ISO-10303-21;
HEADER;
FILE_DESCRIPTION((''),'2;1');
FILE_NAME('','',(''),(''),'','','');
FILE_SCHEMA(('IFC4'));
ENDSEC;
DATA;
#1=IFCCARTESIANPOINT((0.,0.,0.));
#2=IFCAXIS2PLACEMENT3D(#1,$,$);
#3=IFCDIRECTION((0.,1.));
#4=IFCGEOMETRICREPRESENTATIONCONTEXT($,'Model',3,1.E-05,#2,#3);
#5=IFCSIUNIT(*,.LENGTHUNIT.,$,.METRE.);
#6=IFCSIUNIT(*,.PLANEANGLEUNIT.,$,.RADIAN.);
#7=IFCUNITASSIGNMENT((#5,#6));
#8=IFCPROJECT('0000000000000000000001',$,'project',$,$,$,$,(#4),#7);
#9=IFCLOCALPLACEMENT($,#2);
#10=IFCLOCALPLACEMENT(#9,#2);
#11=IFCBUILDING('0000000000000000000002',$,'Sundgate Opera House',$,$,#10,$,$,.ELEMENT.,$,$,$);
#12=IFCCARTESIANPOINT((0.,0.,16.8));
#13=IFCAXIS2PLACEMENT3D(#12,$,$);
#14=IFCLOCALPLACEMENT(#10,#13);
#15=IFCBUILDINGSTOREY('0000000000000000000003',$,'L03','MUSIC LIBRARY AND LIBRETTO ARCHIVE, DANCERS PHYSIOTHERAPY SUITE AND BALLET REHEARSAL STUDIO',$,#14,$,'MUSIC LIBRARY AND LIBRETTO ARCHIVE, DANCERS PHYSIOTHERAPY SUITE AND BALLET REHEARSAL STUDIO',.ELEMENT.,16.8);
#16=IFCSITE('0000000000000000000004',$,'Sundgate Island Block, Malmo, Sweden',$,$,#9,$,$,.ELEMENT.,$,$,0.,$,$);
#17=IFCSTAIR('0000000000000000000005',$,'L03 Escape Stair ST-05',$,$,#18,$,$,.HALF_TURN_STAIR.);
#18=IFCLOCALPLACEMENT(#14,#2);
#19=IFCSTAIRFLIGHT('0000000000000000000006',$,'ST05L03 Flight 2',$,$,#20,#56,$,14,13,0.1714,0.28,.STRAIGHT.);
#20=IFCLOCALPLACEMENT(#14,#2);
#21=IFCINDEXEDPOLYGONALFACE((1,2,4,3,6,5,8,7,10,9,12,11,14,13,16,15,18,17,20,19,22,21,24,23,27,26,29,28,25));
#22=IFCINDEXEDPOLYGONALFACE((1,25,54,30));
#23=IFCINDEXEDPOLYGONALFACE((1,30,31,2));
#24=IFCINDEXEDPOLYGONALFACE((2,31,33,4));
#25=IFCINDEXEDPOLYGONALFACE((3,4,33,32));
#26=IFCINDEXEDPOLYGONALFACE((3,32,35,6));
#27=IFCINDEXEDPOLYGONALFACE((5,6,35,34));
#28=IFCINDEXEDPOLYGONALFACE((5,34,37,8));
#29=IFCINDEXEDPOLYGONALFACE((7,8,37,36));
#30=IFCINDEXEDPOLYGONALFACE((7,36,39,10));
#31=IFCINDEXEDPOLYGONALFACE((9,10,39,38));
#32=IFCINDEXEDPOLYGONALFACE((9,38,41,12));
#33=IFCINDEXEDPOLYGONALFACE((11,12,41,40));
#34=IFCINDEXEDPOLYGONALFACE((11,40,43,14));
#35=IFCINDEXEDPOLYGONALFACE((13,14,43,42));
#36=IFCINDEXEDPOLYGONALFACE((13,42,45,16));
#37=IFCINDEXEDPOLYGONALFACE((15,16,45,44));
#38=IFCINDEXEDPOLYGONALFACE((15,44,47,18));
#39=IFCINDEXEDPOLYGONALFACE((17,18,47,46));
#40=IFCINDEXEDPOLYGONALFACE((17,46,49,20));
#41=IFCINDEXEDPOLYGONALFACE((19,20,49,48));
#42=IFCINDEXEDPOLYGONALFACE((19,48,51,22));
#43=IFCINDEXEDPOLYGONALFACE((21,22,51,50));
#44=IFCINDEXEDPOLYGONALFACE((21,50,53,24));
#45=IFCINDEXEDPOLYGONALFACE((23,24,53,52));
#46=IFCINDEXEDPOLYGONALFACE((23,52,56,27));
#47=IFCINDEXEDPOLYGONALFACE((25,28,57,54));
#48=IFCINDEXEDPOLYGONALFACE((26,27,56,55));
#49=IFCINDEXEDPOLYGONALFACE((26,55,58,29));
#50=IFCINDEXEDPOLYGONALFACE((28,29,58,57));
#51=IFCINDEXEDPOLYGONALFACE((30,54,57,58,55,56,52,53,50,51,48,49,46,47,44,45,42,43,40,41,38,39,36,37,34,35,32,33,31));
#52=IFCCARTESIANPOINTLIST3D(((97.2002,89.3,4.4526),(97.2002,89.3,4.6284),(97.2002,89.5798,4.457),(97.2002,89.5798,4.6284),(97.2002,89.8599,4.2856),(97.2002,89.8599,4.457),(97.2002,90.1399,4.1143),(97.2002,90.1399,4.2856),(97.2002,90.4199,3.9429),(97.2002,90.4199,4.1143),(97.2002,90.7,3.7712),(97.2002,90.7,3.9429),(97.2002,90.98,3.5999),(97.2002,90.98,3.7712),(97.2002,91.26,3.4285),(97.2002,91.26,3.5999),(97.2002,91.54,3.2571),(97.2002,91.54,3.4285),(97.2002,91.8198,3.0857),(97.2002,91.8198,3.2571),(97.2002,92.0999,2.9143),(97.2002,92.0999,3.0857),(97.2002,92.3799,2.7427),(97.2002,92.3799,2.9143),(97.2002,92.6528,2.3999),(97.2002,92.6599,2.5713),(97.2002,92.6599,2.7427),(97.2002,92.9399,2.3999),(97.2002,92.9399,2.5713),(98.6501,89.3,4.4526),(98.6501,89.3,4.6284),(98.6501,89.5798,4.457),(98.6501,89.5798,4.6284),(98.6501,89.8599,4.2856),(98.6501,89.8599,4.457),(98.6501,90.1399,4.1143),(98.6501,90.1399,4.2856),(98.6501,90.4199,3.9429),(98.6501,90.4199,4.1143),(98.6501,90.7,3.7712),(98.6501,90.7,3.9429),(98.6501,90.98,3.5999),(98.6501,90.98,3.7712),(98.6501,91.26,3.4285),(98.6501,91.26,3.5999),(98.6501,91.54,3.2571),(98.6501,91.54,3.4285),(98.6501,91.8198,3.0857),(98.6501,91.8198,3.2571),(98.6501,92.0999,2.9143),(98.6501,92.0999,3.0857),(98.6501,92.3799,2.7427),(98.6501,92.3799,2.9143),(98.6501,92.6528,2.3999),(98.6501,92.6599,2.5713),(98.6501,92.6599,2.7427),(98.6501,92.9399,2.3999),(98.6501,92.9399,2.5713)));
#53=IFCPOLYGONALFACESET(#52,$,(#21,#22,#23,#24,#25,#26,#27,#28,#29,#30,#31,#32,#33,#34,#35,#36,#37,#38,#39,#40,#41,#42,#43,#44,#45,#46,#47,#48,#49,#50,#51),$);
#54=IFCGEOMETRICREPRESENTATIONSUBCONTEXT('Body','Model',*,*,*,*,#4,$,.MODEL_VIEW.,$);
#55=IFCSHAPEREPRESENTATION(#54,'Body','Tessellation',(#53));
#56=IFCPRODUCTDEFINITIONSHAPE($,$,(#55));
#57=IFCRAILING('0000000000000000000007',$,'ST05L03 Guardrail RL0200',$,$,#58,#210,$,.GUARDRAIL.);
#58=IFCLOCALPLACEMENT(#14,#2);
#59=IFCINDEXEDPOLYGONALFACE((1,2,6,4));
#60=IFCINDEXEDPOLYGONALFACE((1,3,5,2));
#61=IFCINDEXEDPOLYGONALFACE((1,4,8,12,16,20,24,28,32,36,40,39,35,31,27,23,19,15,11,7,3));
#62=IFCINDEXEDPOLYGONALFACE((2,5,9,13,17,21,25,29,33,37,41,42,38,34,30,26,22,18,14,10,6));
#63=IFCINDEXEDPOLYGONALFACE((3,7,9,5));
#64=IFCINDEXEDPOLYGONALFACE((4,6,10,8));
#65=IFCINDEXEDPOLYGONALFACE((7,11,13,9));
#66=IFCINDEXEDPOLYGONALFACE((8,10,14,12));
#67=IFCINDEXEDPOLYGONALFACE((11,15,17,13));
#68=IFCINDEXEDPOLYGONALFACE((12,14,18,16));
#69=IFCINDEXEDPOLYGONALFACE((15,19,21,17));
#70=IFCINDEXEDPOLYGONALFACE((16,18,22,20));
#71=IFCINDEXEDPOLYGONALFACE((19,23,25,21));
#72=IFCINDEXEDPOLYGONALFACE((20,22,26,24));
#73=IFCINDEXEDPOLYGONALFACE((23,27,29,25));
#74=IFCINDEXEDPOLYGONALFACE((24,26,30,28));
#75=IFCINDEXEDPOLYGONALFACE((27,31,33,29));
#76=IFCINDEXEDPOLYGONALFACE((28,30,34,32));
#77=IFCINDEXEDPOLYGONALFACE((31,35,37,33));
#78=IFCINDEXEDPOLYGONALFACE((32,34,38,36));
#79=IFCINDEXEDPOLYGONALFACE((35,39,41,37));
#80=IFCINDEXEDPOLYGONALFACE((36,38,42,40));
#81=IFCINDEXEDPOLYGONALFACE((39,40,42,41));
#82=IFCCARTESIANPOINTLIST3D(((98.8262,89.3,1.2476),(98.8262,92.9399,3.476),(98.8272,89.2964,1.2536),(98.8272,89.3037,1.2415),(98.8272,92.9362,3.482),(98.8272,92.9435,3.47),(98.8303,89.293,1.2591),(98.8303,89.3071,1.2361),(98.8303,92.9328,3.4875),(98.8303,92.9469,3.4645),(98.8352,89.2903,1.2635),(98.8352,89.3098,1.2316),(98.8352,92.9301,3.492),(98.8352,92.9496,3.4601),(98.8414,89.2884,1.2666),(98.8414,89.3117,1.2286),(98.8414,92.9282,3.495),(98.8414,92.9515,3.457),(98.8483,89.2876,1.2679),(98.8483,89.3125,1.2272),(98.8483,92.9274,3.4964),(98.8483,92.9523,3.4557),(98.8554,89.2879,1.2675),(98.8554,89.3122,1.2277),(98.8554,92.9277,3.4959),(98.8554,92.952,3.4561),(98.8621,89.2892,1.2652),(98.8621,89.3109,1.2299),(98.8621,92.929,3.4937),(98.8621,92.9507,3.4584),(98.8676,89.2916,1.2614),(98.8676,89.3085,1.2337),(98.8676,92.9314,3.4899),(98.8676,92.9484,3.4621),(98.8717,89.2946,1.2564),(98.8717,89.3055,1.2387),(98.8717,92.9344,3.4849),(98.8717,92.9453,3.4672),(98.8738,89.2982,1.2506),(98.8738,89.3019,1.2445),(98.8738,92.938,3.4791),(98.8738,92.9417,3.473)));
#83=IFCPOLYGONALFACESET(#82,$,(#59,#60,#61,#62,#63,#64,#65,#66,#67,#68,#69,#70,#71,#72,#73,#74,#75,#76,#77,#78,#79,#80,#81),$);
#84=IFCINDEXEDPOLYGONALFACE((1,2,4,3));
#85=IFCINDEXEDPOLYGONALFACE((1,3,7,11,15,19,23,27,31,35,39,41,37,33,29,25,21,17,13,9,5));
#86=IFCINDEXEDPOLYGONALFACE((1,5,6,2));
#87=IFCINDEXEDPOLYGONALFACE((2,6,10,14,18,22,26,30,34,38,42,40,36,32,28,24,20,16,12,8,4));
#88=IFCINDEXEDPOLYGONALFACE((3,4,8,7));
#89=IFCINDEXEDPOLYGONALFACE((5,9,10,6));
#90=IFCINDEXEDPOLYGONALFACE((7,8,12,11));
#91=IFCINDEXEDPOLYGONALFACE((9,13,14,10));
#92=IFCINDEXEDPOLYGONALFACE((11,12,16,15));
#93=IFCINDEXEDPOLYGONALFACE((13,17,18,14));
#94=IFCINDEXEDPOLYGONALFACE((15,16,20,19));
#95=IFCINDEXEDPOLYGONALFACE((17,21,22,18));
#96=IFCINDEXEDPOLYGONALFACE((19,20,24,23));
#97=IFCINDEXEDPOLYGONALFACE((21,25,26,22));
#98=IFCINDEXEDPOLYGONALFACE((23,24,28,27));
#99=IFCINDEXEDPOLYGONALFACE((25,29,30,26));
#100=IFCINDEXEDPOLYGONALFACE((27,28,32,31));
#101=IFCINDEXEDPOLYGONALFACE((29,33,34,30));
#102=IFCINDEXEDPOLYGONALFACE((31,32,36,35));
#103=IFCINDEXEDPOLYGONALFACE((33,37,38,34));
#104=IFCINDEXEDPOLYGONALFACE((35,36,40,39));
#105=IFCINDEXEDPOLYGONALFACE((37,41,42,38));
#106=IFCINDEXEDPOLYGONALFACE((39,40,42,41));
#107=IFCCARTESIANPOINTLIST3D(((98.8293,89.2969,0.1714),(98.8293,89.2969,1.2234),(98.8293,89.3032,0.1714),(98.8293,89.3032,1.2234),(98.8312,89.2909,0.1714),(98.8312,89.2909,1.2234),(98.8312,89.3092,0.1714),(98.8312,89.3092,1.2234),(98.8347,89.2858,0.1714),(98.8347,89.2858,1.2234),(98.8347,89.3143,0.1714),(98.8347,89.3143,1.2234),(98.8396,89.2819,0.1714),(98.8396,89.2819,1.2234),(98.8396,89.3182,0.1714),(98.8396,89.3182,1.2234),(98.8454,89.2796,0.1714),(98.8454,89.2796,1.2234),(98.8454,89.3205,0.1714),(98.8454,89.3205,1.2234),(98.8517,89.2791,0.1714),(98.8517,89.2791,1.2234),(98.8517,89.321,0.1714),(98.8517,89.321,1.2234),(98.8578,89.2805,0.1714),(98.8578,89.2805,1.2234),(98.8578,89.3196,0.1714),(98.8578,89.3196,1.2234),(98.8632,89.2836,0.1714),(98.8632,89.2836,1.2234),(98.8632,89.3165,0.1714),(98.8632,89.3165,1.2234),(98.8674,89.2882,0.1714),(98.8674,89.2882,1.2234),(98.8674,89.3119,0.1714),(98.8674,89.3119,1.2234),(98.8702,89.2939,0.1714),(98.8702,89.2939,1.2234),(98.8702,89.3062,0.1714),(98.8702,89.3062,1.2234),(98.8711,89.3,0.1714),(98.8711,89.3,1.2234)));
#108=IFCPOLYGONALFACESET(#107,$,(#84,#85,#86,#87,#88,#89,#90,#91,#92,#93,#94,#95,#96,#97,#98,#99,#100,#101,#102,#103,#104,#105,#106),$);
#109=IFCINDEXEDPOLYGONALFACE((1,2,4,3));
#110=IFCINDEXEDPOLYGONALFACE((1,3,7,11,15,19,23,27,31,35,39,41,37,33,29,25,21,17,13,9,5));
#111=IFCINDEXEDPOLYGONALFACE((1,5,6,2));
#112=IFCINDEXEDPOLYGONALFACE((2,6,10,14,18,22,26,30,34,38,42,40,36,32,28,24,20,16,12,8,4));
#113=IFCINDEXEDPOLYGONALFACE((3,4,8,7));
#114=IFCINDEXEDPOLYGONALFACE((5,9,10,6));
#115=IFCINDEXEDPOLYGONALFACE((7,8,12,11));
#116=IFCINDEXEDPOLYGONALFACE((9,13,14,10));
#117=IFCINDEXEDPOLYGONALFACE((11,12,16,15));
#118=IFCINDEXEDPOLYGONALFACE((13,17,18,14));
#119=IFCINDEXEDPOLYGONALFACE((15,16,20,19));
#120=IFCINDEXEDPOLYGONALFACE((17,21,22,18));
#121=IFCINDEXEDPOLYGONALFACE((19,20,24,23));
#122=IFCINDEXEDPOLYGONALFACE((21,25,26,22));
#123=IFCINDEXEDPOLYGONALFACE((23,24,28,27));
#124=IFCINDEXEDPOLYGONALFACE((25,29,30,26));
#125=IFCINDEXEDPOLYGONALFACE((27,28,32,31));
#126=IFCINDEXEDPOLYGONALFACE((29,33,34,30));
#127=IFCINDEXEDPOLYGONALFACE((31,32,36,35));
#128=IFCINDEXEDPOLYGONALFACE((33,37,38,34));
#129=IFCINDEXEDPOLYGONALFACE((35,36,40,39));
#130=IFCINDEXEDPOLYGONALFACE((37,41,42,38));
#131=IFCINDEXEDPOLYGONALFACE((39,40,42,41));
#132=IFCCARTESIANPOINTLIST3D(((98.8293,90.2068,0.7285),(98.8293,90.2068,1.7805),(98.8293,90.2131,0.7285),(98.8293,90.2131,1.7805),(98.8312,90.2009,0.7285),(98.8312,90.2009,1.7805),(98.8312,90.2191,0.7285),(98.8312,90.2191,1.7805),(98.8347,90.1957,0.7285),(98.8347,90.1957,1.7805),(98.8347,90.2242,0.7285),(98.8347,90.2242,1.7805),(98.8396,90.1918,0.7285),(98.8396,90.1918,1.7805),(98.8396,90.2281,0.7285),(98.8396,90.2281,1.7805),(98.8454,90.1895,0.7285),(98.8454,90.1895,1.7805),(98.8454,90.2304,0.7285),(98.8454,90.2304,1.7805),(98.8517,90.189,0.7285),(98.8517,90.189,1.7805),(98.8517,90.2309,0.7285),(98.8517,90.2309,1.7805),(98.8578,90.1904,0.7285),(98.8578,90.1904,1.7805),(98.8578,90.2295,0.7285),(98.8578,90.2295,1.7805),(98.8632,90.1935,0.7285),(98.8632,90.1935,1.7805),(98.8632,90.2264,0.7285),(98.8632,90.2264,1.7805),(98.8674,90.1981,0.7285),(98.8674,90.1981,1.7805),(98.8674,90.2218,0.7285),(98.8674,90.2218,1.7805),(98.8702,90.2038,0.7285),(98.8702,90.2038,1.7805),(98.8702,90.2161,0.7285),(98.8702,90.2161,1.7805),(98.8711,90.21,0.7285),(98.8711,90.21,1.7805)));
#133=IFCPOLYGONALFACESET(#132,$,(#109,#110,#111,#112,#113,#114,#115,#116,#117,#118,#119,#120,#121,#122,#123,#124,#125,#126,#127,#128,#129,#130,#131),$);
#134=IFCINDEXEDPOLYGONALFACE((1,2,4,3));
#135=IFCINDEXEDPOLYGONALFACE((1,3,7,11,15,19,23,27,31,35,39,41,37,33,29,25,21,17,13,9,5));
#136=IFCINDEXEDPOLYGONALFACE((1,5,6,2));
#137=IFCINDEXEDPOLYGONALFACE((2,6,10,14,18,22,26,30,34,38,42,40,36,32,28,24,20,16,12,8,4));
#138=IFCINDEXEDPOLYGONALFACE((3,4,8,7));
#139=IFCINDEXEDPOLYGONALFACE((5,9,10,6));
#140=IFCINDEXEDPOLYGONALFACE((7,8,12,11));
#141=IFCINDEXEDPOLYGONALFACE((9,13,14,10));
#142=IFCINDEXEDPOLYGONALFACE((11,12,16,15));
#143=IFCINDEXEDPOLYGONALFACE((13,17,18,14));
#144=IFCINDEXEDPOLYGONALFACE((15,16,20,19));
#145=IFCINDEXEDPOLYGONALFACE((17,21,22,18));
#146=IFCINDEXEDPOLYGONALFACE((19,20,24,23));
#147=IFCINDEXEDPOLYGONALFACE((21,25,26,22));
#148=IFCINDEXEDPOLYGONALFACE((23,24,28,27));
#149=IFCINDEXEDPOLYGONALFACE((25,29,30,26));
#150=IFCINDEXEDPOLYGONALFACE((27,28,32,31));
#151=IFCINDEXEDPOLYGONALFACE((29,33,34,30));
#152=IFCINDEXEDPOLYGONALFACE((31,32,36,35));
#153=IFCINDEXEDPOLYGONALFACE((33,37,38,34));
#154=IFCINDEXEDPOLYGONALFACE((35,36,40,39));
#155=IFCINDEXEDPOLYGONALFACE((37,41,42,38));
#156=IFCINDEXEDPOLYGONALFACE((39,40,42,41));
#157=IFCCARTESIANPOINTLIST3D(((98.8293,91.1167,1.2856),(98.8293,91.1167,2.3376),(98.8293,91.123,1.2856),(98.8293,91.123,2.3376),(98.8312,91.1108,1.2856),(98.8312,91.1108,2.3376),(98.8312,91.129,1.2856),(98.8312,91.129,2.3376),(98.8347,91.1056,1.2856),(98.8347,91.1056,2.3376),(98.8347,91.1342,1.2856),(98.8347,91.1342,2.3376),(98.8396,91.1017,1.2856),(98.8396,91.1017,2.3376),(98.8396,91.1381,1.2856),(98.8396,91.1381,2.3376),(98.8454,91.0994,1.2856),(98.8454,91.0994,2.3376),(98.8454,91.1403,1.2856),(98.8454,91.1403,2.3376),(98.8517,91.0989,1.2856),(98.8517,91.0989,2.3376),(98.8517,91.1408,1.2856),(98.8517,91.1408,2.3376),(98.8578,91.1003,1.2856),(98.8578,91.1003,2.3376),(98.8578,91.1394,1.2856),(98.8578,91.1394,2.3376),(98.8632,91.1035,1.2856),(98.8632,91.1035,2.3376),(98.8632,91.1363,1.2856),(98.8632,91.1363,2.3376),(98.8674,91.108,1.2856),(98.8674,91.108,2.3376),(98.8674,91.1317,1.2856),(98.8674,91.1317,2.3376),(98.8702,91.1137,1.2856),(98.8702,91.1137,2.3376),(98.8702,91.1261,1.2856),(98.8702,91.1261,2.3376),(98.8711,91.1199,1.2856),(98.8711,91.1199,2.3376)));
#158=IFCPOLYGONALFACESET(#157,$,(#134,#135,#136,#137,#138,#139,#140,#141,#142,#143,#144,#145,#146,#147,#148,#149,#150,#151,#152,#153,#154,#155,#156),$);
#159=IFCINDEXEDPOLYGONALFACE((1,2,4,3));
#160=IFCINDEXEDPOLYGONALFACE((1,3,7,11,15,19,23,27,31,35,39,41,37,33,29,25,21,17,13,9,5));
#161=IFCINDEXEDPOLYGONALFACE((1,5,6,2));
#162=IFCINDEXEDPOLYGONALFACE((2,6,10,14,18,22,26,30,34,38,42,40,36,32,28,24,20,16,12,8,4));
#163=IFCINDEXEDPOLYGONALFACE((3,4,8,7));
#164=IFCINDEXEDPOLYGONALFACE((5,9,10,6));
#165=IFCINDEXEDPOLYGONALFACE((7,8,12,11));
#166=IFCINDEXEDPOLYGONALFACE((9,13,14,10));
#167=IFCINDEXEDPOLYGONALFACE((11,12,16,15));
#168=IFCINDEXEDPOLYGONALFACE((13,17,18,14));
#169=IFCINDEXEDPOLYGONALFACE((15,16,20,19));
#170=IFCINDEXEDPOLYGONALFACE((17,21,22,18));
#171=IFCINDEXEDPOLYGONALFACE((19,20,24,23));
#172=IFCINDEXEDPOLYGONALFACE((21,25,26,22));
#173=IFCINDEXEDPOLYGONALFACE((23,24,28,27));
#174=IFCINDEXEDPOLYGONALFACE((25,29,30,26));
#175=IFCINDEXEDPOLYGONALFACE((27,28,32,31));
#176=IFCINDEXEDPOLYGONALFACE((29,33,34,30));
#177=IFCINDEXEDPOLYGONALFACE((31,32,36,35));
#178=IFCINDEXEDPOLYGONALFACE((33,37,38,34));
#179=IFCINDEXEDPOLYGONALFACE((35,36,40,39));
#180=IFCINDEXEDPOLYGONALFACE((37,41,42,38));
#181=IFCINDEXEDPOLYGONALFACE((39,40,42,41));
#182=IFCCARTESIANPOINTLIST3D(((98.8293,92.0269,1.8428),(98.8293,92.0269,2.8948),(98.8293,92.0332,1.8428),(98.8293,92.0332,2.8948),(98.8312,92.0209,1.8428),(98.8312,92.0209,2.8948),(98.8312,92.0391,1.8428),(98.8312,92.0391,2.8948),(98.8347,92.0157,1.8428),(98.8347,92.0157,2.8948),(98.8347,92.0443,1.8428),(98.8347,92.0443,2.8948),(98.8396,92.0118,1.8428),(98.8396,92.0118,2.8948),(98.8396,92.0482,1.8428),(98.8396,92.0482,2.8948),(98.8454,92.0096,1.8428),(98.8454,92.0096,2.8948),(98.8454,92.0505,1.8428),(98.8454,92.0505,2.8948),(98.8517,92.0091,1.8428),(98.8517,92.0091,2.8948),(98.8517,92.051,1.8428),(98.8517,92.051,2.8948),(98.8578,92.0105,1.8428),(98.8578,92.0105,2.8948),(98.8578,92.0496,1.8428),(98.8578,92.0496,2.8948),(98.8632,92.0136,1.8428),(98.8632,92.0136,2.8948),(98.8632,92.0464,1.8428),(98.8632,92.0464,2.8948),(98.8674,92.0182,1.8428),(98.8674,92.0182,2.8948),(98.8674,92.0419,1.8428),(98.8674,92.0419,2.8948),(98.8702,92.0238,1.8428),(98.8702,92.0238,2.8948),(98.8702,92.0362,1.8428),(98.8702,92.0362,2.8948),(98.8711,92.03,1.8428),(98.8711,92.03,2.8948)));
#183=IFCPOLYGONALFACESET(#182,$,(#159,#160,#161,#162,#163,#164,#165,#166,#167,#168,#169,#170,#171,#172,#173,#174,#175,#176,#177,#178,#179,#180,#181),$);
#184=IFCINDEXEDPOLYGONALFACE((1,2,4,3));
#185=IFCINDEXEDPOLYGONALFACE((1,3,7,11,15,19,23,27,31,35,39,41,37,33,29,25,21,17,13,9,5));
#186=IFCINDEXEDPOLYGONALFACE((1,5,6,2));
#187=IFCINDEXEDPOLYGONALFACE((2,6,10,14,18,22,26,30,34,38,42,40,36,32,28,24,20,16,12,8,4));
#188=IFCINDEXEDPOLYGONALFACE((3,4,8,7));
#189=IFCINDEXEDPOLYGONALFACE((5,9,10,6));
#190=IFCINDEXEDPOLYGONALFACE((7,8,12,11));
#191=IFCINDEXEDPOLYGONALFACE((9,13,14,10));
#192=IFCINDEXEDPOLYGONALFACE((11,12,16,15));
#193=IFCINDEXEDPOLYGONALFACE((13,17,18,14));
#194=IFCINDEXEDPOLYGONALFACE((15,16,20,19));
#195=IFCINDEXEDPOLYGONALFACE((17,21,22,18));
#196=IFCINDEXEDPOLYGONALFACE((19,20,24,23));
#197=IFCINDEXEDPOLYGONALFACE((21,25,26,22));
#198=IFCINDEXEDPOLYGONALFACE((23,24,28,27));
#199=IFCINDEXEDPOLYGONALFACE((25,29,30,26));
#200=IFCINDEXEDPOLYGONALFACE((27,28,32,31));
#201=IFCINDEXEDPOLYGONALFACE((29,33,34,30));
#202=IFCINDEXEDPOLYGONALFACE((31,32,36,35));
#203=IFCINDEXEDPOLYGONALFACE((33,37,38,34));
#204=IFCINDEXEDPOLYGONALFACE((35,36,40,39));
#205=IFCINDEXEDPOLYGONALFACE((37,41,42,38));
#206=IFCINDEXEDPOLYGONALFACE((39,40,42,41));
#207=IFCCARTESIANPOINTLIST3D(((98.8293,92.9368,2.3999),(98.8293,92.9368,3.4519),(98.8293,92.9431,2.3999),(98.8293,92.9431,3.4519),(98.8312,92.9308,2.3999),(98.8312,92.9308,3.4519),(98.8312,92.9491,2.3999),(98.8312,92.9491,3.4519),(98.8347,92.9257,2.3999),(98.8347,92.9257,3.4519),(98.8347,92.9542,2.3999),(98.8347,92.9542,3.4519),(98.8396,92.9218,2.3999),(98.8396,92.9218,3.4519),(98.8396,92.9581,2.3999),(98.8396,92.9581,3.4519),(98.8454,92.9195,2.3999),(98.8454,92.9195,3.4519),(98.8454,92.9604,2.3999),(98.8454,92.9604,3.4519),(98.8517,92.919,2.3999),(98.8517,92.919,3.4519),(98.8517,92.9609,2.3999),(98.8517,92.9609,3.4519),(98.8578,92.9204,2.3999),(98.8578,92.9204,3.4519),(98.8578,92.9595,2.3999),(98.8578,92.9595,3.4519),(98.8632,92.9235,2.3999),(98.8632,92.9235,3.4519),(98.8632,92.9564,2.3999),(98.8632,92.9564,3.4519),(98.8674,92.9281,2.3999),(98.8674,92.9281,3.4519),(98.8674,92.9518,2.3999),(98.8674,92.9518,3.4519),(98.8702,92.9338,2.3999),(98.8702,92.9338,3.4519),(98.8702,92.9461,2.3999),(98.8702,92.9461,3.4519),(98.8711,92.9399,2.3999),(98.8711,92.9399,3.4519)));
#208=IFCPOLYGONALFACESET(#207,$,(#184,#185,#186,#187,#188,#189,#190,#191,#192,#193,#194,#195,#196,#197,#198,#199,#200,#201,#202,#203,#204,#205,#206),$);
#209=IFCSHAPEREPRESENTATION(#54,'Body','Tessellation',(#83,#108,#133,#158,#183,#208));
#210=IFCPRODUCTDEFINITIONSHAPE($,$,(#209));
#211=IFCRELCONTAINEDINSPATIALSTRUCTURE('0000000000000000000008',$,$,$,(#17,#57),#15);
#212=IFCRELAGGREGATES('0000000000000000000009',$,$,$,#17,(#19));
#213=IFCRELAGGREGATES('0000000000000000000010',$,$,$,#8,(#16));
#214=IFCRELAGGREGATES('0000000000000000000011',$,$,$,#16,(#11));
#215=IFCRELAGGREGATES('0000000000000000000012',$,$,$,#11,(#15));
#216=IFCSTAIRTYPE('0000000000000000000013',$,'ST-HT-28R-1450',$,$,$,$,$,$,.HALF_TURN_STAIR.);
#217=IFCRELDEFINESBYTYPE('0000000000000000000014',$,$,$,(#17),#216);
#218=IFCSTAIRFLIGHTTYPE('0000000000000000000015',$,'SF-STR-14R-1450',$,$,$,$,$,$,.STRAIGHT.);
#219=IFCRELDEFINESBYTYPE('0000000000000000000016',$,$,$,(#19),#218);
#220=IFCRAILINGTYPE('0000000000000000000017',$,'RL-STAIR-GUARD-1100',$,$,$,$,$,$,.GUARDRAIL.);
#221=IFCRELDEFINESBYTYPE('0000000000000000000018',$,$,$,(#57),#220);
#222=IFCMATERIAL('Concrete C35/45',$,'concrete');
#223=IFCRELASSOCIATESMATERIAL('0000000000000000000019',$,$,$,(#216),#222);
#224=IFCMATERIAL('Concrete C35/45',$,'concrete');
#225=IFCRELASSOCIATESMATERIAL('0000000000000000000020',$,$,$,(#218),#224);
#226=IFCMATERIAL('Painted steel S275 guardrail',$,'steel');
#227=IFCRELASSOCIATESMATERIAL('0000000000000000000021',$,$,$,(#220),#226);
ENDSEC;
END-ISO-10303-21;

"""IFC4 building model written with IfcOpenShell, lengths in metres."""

from ifc_helpers import new_model, si_unit, direction, frame, origin, origin_2d, place, context, subcontext, project, spatial, polyline, circle, outline, extrude, material, type_object, element, aggregate, save


model = new_model("IFC4")

# Units and contexts
model_context = context("Model", 3, precision=1e-05, world=origin(), true_north=direction((0.0, 1.0)))
body_context = subcontext(model_context, "Body", "Model", "MODEL_VIEW")
ifc_project = project(units=[si_unit("LENGTHUNIT", "METRE"), si_unit("PLANEANGLEUNIT", "RADIAN")], contexts=[model_context])

# Site, building, storey
site_placement = place(None, origin())
site = spatial("IfcSite", under=ifc_project, at=site_placement, Name="Sundgate Island Block, Malmo, Sweden", CompositionType="ELEMENT", RefElevation=0.0)
building_placement = place(site_placement, origin())
building = spatial("IfcBuilding", under=site, at=building_placement, Name="Sundgate Opera House", CompositionType="ELEMENT")
storey_placement = place(building_placement, frame((0.0, 0.0, 16.8)))
storey = spatial("IfcBuildingStorey", under=building, at=storey_placement, Name="L03", Description="MUSIC LIBRARY AND LIBRETTO ARCHIVE, DANCERS PHYSIOTHERAPY SUITE AND BALLET REHEARSAL STUDIO", LongName="MUSIC LIBRARY AND LIBRETTO ARCHIVE, DANCERS PHYSIOTHERAPY SUITE AND BALLET REHEARSAL STUDIO", CompositionType="ELEMENT", Elevation=16.8)

# Stair, stair flight
ifc_material_1 = material(Name="Concrete C35/45", Category="concrete")
stair_type = type_object("IfcStairType", Name="ST-HT-28R-1450", PredefinedType="HALF_TURN_STAIR", material=ifc_material_1)
stair_placement = place(storey_placement, origin())
stair = element("IfcStair", 1, at=stair_placement, inside=storey, type_object=stair_type, Name="L03 Escape Stair ST-05", PredefinedType="HALF_TURN_STAIR")
ifc_material_2 = material(Name="Concrete C35/45", Category="concrete")
stair_flight_type = type_object("IfcStairFlightType", Name="SF-STR-14R-1450", PredefinedType="STRAIGHT", material=ifc_material_2)
stair_flight_1_placement = place(storey_placement, frame((97.925, 92.9399, 2.3999), z_axis=(0.0, 0.0, 1.0), x_axis=(0.0, -1.0, 0.0)))
stair_flight_1 = element("IfcStairFlight", 2, at=stair_flight_1_placement, type_object=stair_flight_type, Name="ST05L03 Flight 2", NumberOfRisers=14, NumberOfTreads=13, PredefinedType="STRAIGHT", RiserHeight=0.1714, TreadLength=0.28, context=body_context, shape_type="SweptSolid", body=[
    extrude(outline(polyline([(0.0, 0.0), (0.0, 0.1714), (0.28, 0.1714), (0.28, 0.3428), (0.5601, 0.3428), (0.5601, 0.5144), (0.8401, 0.5144), (0.8401, 0.6858), (1.1201, 0.6858), (1.1201, 0.8572), (1.3999, 0.8572), (1.3999, 1.0286), (1.6799, 1.0286), (1.6799, 1.2), (1.96, 1.2), (1.96, 1.3713), (2.24, 1.3713), (2.24, 1.543), (2.52, 1.543), (2.52, 1.7144), (2.8, 1.7144), (2.8, 1.8857), (3.0801, 1.8857), (3.0801, 2.0571), (3.3601, 2.0571), (3.3601, 2.2285), (3.6399, 2.2285), (3.6399, 2.3999), (3.6399, 2.0527), (0.2871, 0.0), (0.0, 0.0)])), frame((0.0, 0.7251, 0.0), z_axis=(0.0, -1.0, 0.0), x_axis=(1.0, 0.0, 0.0)), (0.0, 0.0, 1.0), 1.45),
])
aggregate(stair, [stair_flight_1])

# Railing
ifc_material_3 = material(Name="Painted steel S275 guardrail", Category="steel")
railing_type_1 = type_object("IfcRailingType", Name="RL-STAIR-GUARD-1100", PredefinedType="GUARDRAIL", material=ifc_material_3)
railing_1_placement = place(storey_placement, frame((98.8501, 89.3, 0.1714)))
element("IfcRailing", 3, at=railing_1_placement, inside=storey, type_object=railing_type_1, Name="ST05L03 Guardrail RL0200", PredefinedType="GUARDRAIL", context=body_context, shape_type="SweptSolid", body=[
    extrude(circle(Radius=0.0239, at=origin_2d()), frame((0.0, 0.0, 1.0762), z_axis=(0.0, 0.85285, 0.522156), x_axis=(-1.0, 0.0, 0.0)), (0.0, 0.0, 1.0), 4.2678),
    extrude(circle(Radius=0.021, at=origin_2d()), origin(), (0.0, 0.0, 1.0), 1.052),
    extrude(circle(Radius=0.021, at=origin_2d()), frame((0.0, 0.9099, 0.5571)), (0.0, 0.0, 1.0), 1.052),
    extrude(circle(Radius=0.021, at=origin_2d()), frame((0.0, 1.8198, 1.1143)), (0.0, 0.0, 1.0), 1.052),
    extrude(circle(Radius=0.021, at=origin_2d()), frame((0.0, 2.73, 1.6714)), (0.0, 0.0, 1.0), 1.052),
    extrude(circle(Radius=0.021, at=origin_2d()), frame((0.0, 3.6399, 2.2285)), (0.0, 0.0, 1.0), 1.052),
])

save(model, "model.ifc")
